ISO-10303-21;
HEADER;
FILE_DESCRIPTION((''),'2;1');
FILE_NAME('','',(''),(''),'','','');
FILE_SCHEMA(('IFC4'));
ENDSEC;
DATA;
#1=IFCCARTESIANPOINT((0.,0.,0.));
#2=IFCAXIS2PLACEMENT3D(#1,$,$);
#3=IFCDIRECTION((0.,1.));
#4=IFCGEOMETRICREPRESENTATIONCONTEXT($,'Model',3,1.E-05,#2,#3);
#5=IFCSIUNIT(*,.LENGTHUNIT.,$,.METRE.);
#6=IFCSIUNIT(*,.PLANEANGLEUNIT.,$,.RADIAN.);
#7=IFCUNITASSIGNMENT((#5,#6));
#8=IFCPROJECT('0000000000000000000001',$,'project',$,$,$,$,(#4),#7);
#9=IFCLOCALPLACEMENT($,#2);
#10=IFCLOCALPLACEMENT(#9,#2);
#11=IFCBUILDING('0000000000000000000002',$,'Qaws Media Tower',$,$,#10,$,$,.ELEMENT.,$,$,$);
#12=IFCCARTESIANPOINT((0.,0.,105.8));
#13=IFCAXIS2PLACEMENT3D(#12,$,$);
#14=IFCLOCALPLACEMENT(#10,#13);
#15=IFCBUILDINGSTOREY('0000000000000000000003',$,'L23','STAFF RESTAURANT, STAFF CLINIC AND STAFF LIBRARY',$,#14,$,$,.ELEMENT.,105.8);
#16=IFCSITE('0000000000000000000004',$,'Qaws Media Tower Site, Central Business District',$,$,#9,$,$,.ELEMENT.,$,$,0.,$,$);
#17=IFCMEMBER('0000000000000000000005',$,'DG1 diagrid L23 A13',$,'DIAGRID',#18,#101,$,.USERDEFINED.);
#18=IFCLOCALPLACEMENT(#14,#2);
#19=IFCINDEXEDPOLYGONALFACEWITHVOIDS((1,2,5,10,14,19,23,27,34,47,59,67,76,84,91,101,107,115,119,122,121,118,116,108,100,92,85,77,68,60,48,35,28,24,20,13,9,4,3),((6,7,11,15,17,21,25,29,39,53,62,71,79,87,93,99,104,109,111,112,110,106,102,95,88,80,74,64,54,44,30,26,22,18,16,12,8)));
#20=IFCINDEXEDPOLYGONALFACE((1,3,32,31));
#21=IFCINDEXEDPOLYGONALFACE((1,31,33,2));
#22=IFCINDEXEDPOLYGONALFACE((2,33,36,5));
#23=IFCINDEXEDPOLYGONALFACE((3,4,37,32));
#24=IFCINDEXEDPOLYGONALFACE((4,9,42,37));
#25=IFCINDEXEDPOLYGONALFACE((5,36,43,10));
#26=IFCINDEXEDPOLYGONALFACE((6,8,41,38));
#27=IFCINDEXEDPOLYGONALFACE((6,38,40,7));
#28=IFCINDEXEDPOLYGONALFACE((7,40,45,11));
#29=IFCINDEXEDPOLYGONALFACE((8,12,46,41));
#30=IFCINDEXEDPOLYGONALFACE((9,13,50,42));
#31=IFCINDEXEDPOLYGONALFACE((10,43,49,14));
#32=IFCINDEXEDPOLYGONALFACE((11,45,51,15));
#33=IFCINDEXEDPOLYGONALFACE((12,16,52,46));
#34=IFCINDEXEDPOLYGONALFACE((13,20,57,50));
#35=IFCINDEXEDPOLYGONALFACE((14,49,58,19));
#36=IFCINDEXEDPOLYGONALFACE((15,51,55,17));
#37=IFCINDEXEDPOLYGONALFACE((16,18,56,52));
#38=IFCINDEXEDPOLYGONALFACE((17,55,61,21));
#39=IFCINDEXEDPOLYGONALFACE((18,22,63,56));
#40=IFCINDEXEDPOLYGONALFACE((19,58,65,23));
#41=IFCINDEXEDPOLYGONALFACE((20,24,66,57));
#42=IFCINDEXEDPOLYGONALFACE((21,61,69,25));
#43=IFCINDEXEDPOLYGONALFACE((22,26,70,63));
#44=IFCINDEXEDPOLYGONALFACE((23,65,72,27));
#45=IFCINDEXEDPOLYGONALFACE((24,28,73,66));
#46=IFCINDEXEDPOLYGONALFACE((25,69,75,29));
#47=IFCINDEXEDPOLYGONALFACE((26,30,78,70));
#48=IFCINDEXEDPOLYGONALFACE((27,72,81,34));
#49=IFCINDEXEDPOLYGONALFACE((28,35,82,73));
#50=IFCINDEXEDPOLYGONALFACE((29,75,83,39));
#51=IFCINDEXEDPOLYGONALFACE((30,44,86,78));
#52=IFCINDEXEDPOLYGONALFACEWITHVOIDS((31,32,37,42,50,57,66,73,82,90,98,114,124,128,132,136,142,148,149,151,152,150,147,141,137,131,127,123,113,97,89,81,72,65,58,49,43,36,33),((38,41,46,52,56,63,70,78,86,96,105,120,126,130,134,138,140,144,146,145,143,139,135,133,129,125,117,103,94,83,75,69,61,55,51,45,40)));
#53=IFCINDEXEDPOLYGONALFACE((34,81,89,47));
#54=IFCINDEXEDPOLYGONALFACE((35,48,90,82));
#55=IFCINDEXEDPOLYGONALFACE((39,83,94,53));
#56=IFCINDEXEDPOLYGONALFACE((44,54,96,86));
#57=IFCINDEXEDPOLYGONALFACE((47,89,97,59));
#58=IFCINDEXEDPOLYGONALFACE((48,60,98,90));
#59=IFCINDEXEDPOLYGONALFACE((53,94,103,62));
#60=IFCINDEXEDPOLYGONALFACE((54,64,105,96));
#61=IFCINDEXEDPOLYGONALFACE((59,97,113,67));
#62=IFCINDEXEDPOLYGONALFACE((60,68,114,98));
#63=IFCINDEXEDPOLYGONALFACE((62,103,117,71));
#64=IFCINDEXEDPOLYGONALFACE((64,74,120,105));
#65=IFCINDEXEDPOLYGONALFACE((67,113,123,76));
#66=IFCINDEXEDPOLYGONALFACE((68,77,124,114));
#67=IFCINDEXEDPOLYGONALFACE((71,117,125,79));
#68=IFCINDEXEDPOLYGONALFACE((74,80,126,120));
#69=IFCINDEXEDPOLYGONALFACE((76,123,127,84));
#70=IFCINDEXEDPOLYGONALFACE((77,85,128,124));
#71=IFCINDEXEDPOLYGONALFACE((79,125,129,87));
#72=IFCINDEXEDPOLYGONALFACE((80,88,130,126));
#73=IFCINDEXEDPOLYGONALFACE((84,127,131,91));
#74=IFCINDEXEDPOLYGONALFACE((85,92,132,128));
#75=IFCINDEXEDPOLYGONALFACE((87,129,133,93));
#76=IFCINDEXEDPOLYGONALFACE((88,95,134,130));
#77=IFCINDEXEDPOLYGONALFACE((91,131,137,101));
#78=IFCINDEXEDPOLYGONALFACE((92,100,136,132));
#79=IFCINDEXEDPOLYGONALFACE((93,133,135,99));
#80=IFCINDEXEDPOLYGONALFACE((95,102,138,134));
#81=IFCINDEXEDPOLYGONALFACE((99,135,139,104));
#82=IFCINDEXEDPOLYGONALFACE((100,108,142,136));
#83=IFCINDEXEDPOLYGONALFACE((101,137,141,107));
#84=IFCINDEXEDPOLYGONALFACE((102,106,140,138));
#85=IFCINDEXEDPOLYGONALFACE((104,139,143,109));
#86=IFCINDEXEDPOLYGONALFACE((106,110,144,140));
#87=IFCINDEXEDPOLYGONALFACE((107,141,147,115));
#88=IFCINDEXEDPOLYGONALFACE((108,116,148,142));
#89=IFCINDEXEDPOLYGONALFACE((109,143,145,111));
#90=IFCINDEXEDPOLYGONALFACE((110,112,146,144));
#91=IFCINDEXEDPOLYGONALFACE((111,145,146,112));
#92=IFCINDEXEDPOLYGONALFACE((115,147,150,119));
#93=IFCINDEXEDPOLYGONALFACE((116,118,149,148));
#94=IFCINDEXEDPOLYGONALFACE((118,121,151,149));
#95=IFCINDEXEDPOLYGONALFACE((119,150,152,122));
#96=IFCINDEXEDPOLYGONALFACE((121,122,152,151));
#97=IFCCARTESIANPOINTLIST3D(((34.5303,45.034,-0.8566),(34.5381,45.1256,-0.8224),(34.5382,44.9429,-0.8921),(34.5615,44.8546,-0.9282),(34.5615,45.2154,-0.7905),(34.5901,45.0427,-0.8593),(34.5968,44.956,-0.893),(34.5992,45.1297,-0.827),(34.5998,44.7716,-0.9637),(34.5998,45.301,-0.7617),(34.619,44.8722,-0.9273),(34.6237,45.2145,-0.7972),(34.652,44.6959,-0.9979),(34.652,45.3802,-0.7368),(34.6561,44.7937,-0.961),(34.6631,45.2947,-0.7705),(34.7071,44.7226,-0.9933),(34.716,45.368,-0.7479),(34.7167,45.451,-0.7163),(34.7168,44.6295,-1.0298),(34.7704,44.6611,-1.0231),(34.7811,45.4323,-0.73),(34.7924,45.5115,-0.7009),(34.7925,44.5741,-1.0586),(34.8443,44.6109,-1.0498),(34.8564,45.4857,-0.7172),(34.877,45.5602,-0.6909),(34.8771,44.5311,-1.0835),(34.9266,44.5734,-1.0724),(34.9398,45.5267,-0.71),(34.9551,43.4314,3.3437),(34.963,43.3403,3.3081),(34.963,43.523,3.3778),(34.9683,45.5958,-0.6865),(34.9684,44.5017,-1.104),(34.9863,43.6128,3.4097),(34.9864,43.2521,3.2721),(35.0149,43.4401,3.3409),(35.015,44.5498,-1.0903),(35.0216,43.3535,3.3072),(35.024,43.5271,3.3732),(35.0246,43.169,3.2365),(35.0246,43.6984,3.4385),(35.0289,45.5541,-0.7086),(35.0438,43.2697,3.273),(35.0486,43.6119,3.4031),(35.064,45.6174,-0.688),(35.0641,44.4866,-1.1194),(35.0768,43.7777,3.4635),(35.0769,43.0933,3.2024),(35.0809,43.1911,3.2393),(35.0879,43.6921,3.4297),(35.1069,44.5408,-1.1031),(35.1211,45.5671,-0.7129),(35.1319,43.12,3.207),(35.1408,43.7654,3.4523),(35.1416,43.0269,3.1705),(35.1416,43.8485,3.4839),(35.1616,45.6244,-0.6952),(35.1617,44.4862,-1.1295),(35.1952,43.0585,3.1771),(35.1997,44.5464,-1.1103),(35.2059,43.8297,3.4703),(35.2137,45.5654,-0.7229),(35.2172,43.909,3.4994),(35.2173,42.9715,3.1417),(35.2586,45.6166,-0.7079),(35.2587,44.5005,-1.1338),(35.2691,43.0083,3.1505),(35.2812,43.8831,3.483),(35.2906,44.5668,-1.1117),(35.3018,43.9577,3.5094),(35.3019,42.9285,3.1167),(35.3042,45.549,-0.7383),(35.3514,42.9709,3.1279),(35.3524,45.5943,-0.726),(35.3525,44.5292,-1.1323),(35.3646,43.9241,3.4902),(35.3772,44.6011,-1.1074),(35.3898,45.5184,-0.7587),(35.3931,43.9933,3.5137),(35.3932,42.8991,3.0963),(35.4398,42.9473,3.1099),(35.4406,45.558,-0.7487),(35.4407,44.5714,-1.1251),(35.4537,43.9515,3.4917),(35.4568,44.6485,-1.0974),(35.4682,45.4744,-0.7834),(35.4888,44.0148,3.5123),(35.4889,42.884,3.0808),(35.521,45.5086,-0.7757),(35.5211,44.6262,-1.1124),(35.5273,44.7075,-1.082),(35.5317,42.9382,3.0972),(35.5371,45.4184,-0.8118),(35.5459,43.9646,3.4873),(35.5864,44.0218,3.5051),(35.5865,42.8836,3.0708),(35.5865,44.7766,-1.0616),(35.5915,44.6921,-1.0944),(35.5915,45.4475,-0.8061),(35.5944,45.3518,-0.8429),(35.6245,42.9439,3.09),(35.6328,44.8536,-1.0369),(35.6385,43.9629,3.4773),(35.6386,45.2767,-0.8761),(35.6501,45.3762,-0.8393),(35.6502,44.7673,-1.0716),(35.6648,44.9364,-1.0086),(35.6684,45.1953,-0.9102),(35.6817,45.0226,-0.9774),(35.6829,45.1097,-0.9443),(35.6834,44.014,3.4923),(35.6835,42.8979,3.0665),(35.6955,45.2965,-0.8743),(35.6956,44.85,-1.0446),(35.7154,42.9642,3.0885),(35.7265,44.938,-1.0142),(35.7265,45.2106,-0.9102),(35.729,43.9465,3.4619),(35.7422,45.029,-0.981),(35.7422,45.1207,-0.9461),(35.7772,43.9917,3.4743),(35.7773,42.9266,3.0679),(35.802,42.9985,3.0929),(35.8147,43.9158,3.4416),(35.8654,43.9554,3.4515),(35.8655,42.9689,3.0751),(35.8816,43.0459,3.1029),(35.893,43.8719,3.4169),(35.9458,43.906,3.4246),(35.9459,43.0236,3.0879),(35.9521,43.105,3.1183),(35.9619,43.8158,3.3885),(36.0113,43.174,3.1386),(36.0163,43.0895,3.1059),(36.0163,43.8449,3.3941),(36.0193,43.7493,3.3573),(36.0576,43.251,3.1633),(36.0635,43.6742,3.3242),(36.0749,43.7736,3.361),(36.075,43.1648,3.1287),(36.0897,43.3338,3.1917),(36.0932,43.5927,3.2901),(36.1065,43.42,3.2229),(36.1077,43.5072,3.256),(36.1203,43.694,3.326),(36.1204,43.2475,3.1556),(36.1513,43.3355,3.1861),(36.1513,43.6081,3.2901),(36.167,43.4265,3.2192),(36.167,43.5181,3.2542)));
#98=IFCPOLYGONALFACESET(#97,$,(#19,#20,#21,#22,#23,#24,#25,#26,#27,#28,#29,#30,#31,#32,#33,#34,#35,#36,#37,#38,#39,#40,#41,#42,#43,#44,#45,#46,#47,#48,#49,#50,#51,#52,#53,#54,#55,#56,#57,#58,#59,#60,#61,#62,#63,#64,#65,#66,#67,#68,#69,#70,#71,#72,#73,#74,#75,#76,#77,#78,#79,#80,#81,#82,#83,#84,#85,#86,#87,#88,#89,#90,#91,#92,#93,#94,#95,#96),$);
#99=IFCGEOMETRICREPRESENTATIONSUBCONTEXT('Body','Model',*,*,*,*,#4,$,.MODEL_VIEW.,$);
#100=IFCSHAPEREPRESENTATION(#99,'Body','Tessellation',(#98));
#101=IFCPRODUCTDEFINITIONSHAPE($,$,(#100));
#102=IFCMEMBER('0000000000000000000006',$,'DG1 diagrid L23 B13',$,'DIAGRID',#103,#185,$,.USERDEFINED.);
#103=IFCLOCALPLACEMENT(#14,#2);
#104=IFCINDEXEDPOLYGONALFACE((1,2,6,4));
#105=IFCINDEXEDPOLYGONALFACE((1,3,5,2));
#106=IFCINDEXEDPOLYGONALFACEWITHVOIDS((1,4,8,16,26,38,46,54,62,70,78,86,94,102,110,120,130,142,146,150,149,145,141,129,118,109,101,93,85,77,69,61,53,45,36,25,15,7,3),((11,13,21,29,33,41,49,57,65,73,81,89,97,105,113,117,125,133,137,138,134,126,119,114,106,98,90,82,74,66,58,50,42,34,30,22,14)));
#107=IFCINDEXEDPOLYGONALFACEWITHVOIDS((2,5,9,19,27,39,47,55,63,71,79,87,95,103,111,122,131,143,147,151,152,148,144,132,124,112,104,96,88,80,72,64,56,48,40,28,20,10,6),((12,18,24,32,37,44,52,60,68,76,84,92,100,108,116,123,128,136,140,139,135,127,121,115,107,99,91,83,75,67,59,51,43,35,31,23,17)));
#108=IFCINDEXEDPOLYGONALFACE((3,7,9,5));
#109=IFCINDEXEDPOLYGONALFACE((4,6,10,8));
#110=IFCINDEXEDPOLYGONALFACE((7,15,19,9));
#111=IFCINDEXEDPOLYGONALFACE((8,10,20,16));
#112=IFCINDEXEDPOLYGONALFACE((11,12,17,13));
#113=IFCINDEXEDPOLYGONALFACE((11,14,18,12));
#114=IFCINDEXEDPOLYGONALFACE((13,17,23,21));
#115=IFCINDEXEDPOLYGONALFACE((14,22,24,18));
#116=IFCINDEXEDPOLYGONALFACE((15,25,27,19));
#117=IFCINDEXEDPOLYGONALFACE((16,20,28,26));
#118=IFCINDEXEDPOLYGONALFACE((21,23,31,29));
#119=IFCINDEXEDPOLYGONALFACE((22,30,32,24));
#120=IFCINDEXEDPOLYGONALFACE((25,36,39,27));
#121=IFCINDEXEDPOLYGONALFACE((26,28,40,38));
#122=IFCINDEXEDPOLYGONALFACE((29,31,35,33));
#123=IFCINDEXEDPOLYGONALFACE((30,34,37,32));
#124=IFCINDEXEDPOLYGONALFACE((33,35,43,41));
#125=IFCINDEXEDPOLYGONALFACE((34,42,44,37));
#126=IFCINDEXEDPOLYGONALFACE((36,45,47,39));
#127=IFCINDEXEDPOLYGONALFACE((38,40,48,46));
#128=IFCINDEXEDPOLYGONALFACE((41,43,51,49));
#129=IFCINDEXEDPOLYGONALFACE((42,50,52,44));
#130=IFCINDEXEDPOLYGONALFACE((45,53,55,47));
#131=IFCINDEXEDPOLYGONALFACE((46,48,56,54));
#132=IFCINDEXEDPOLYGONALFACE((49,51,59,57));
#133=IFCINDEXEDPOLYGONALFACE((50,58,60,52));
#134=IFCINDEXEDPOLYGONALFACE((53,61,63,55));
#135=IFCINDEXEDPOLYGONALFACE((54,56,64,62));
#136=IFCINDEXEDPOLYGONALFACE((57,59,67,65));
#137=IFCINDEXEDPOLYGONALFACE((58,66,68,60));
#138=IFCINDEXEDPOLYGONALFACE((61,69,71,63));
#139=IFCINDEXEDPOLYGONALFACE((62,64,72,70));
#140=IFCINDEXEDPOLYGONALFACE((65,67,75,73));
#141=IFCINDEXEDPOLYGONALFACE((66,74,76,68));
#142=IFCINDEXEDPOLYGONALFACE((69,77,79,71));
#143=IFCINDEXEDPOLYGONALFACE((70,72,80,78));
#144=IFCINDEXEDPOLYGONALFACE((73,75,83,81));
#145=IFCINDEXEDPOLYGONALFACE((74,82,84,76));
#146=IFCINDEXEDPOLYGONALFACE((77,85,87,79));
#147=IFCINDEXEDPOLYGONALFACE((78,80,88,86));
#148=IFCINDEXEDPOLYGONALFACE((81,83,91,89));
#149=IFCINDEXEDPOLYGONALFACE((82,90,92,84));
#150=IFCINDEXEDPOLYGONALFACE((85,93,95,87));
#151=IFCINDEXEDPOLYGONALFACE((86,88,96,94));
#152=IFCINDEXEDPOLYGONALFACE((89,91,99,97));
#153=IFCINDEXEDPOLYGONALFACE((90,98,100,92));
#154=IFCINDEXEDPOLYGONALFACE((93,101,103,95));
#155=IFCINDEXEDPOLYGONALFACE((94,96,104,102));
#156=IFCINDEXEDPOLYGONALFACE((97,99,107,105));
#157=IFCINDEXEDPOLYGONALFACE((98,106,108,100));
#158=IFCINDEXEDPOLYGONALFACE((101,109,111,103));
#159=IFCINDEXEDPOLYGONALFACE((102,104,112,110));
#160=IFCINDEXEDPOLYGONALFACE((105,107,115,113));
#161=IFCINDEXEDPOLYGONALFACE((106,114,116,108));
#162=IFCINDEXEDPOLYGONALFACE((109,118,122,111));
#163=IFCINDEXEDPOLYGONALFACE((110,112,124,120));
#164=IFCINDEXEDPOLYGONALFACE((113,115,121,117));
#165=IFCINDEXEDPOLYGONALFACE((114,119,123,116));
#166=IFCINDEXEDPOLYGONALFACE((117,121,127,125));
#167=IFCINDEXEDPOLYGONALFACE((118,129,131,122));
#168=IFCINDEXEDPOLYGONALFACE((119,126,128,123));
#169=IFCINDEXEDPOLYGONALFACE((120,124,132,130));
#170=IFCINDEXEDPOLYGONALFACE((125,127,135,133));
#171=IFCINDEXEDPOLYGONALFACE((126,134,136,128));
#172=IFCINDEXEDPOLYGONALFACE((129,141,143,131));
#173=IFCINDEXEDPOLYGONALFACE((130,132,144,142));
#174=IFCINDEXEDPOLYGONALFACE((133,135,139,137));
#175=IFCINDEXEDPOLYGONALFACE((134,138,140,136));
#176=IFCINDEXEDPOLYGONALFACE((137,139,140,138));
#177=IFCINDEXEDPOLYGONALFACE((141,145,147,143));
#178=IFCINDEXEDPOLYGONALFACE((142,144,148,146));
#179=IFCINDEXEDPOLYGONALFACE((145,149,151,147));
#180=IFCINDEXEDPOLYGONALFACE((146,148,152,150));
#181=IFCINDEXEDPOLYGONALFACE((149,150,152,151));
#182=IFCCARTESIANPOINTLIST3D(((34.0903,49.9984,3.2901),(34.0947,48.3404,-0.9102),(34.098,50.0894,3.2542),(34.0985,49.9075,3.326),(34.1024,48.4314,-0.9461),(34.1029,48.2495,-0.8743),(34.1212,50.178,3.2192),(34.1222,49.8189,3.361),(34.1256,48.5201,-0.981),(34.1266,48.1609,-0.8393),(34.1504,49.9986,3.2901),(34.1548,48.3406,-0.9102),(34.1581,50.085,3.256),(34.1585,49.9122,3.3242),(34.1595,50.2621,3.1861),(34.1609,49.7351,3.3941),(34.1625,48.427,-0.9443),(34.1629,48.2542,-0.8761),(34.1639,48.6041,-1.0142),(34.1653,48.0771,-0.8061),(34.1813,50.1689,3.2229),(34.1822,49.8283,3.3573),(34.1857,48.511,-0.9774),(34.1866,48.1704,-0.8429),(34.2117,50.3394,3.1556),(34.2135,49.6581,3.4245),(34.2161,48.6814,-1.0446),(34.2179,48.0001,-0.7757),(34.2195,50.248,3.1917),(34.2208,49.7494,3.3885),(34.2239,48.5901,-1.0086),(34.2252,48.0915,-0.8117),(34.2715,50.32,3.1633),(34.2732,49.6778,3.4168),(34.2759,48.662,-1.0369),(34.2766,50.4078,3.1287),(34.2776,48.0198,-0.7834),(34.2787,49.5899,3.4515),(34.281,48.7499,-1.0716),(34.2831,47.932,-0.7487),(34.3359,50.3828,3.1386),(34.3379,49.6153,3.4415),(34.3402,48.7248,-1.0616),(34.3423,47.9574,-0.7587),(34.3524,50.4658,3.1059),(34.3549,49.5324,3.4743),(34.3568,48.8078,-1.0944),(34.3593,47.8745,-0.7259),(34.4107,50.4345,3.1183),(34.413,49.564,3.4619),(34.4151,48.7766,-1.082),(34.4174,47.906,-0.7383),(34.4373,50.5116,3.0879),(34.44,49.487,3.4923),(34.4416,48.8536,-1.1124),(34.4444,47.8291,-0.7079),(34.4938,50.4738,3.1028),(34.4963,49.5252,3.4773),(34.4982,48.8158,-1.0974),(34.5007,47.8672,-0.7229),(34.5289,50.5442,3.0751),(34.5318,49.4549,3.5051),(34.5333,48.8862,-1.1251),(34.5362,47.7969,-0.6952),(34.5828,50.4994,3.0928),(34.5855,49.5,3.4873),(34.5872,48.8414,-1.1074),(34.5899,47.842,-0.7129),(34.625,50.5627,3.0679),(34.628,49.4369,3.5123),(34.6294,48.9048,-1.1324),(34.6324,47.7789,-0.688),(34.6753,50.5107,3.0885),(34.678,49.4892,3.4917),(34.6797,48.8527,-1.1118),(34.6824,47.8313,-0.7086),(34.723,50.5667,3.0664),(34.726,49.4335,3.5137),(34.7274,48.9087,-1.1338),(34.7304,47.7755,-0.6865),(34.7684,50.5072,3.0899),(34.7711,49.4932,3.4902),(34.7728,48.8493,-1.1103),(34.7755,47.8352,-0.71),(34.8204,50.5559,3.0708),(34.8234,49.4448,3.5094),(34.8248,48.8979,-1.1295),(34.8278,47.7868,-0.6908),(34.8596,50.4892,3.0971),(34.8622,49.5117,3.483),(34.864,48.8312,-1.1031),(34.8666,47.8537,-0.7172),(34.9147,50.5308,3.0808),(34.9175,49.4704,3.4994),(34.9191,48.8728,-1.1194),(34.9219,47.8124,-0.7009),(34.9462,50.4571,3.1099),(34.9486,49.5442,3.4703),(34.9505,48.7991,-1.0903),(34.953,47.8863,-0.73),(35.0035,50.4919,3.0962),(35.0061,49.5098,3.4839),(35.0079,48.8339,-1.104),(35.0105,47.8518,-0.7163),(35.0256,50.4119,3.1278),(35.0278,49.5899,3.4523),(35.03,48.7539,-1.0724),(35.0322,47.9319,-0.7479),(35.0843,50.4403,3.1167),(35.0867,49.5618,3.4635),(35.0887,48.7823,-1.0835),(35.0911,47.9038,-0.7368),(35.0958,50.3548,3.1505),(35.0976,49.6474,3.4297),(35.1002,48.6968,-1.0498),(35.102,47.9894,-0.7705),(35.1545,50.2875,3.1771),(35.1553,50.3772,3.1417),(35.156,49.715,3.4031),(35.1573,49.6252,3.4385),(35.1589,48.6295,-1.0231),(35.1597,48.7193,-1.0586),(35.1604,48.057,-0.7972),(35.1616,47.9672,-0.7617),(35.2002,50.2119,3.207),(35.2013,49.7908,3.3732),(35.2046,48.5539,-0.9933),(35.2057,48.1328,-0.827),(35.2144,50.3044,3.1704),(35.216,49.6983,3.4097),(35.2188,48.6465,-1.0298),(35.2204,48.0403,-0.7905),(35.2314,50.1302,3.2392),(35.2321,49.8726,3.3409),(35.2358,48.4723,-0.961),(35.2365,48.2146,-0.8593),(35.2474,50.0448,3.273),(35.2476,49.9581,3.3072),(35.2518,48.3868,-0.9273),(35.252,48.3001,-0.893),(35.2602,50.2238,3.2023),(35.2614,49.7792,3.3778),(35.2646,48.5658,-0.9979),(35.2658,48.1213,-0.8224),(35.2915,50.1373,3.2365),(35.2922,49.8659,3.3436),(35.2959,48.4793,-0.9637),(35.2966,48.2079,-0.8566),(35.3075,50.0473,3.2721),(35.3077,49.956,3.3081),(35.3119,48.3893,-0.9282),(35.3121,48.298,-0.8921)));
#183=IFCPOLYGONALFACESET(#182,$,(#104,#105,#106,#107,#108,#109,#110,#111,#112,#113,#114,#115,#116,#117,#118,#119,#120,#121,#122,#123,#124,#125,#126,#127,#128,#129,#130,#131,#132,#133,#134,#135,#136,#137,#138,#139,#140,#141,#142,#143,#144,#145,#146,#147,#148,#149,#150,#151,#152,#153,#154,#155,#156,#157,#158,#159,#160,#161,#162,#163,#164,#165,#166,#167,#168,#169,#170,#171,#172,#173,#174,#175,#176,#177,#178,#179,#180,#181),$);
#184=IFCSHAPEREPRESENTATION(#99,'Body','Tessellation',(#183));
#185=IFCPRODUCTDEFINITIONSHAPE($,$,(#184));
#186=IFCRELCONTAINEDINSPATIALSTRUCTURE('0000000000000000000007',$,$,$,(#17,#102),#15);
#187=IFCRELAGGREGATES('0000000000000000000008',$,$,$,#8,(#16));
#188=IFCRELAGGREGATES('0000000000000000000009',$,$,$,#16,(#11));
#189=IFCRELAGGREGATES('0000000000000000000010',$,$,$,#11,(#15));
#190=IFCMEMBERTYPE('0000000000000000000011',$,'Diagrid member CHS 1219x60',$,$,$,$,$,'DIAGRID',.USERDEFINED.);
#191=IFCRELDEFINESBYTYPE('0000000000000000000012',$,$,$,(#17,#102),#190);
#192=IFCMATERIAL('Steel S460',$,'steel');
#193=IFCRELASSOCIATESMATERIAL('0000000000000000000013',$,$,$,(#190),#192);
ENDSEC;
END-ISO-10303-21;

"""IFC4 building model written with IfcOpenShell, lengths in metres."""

from ifc_helpers import new_model, si_unit, direction, frame, origin, origin_2d, place, context, subcontext, project, spatial, hollow_circle, extrude, material, material_profile, profile_set, type_object, element, save


model = new_model("IFC4")

# Units and contexts
model_context = context("Model", 3, precision=1e-05, world=origin(), true_north=direction((0.0, 1.0)))
body_context = subcontext(model_context, "Body", "Model", "MODEL_VIEW")
ifc_project = project(units=[si_unit("LENGTHUNIT", "METRE"), si_unit("PLANEANGLEUNIT", "RADIAN")], contexts=[model_context])

# Site, building, storey
site_placement = place(None, origin())
site = spatial("IfcSite", under=ifc_project, at=site_placement, Name="Qaws Media Tower Site, Central Business District", CompositionType="ELEMENT", RefElevation=0.0)
building_placement = place(site_placement, origin())
building = spatial("IfcBuilding", under=site, at=building_placement, Name="Qaws Media Tower", CompositionType="ELEMENT")
storey_placement = place(building_placement, frame((0.0, 0.0, 105.8)))
storey = spatial("IfcBuildingStorey", under=building, at=storey_placement, Name="L23", Description="STAFF RESTAURANT, STAFF CLINIC AND STAFF LIBRARY", CompositionType="ELEMENT", Elevation=105.8)

# Members
ifc_material_1 = material(Name="Steel S460", Category="steel")
ifc_material_profile_1 = material_profile(ifc_material_1, hollow_circle(Radius=0.6096, WallThickness=0.0601, at=origin_2d()), Name="CHS 1219x60")
ifc_profile_set_1 = profile_set([ifc_material_profile_1], Name="Steel S460")
member_type_1 = type_object("IfcMemberType", Name="Diagrid member CHS 1219x60", ElementType="DIAGRID", PredefinedType="USERDEFINED", material=ifc_profile_set_1)
for number, where, z_axis, x_axis, name in (
    (1, (35.1372, 45.0544, -0.9102), (0.094076, -0.354893, 0.930162), (0.966615, 0.256233, 0.0), "DG1 diagrid L23 A13"),
    (2, (34.7043, 48.342, -0.9102), (-0.000973, 0.367164, 0.930156), (-0.999996, -0.002651, 0.0), "DG1 diagrid L23 B13"),
):
    element("IfcMember", number, at=place(storey_placement, frame(where, z_axis=z_axis, x_axis=x_axis)), inside=storey, type_object=member_type_1, Name=name, ObjectType="DIAGRID", PredefinedType="USERDEFINED", context=body_context, shape_type="SweptSolid", body=[
        extrude(hollow_circle(Radius=0.6096, WallThickness=0.0601, at=origin_2d()), origin(), (0.0, 0.0, 1.0), 4.5156),
    ])

save(model, "model.ifc")
